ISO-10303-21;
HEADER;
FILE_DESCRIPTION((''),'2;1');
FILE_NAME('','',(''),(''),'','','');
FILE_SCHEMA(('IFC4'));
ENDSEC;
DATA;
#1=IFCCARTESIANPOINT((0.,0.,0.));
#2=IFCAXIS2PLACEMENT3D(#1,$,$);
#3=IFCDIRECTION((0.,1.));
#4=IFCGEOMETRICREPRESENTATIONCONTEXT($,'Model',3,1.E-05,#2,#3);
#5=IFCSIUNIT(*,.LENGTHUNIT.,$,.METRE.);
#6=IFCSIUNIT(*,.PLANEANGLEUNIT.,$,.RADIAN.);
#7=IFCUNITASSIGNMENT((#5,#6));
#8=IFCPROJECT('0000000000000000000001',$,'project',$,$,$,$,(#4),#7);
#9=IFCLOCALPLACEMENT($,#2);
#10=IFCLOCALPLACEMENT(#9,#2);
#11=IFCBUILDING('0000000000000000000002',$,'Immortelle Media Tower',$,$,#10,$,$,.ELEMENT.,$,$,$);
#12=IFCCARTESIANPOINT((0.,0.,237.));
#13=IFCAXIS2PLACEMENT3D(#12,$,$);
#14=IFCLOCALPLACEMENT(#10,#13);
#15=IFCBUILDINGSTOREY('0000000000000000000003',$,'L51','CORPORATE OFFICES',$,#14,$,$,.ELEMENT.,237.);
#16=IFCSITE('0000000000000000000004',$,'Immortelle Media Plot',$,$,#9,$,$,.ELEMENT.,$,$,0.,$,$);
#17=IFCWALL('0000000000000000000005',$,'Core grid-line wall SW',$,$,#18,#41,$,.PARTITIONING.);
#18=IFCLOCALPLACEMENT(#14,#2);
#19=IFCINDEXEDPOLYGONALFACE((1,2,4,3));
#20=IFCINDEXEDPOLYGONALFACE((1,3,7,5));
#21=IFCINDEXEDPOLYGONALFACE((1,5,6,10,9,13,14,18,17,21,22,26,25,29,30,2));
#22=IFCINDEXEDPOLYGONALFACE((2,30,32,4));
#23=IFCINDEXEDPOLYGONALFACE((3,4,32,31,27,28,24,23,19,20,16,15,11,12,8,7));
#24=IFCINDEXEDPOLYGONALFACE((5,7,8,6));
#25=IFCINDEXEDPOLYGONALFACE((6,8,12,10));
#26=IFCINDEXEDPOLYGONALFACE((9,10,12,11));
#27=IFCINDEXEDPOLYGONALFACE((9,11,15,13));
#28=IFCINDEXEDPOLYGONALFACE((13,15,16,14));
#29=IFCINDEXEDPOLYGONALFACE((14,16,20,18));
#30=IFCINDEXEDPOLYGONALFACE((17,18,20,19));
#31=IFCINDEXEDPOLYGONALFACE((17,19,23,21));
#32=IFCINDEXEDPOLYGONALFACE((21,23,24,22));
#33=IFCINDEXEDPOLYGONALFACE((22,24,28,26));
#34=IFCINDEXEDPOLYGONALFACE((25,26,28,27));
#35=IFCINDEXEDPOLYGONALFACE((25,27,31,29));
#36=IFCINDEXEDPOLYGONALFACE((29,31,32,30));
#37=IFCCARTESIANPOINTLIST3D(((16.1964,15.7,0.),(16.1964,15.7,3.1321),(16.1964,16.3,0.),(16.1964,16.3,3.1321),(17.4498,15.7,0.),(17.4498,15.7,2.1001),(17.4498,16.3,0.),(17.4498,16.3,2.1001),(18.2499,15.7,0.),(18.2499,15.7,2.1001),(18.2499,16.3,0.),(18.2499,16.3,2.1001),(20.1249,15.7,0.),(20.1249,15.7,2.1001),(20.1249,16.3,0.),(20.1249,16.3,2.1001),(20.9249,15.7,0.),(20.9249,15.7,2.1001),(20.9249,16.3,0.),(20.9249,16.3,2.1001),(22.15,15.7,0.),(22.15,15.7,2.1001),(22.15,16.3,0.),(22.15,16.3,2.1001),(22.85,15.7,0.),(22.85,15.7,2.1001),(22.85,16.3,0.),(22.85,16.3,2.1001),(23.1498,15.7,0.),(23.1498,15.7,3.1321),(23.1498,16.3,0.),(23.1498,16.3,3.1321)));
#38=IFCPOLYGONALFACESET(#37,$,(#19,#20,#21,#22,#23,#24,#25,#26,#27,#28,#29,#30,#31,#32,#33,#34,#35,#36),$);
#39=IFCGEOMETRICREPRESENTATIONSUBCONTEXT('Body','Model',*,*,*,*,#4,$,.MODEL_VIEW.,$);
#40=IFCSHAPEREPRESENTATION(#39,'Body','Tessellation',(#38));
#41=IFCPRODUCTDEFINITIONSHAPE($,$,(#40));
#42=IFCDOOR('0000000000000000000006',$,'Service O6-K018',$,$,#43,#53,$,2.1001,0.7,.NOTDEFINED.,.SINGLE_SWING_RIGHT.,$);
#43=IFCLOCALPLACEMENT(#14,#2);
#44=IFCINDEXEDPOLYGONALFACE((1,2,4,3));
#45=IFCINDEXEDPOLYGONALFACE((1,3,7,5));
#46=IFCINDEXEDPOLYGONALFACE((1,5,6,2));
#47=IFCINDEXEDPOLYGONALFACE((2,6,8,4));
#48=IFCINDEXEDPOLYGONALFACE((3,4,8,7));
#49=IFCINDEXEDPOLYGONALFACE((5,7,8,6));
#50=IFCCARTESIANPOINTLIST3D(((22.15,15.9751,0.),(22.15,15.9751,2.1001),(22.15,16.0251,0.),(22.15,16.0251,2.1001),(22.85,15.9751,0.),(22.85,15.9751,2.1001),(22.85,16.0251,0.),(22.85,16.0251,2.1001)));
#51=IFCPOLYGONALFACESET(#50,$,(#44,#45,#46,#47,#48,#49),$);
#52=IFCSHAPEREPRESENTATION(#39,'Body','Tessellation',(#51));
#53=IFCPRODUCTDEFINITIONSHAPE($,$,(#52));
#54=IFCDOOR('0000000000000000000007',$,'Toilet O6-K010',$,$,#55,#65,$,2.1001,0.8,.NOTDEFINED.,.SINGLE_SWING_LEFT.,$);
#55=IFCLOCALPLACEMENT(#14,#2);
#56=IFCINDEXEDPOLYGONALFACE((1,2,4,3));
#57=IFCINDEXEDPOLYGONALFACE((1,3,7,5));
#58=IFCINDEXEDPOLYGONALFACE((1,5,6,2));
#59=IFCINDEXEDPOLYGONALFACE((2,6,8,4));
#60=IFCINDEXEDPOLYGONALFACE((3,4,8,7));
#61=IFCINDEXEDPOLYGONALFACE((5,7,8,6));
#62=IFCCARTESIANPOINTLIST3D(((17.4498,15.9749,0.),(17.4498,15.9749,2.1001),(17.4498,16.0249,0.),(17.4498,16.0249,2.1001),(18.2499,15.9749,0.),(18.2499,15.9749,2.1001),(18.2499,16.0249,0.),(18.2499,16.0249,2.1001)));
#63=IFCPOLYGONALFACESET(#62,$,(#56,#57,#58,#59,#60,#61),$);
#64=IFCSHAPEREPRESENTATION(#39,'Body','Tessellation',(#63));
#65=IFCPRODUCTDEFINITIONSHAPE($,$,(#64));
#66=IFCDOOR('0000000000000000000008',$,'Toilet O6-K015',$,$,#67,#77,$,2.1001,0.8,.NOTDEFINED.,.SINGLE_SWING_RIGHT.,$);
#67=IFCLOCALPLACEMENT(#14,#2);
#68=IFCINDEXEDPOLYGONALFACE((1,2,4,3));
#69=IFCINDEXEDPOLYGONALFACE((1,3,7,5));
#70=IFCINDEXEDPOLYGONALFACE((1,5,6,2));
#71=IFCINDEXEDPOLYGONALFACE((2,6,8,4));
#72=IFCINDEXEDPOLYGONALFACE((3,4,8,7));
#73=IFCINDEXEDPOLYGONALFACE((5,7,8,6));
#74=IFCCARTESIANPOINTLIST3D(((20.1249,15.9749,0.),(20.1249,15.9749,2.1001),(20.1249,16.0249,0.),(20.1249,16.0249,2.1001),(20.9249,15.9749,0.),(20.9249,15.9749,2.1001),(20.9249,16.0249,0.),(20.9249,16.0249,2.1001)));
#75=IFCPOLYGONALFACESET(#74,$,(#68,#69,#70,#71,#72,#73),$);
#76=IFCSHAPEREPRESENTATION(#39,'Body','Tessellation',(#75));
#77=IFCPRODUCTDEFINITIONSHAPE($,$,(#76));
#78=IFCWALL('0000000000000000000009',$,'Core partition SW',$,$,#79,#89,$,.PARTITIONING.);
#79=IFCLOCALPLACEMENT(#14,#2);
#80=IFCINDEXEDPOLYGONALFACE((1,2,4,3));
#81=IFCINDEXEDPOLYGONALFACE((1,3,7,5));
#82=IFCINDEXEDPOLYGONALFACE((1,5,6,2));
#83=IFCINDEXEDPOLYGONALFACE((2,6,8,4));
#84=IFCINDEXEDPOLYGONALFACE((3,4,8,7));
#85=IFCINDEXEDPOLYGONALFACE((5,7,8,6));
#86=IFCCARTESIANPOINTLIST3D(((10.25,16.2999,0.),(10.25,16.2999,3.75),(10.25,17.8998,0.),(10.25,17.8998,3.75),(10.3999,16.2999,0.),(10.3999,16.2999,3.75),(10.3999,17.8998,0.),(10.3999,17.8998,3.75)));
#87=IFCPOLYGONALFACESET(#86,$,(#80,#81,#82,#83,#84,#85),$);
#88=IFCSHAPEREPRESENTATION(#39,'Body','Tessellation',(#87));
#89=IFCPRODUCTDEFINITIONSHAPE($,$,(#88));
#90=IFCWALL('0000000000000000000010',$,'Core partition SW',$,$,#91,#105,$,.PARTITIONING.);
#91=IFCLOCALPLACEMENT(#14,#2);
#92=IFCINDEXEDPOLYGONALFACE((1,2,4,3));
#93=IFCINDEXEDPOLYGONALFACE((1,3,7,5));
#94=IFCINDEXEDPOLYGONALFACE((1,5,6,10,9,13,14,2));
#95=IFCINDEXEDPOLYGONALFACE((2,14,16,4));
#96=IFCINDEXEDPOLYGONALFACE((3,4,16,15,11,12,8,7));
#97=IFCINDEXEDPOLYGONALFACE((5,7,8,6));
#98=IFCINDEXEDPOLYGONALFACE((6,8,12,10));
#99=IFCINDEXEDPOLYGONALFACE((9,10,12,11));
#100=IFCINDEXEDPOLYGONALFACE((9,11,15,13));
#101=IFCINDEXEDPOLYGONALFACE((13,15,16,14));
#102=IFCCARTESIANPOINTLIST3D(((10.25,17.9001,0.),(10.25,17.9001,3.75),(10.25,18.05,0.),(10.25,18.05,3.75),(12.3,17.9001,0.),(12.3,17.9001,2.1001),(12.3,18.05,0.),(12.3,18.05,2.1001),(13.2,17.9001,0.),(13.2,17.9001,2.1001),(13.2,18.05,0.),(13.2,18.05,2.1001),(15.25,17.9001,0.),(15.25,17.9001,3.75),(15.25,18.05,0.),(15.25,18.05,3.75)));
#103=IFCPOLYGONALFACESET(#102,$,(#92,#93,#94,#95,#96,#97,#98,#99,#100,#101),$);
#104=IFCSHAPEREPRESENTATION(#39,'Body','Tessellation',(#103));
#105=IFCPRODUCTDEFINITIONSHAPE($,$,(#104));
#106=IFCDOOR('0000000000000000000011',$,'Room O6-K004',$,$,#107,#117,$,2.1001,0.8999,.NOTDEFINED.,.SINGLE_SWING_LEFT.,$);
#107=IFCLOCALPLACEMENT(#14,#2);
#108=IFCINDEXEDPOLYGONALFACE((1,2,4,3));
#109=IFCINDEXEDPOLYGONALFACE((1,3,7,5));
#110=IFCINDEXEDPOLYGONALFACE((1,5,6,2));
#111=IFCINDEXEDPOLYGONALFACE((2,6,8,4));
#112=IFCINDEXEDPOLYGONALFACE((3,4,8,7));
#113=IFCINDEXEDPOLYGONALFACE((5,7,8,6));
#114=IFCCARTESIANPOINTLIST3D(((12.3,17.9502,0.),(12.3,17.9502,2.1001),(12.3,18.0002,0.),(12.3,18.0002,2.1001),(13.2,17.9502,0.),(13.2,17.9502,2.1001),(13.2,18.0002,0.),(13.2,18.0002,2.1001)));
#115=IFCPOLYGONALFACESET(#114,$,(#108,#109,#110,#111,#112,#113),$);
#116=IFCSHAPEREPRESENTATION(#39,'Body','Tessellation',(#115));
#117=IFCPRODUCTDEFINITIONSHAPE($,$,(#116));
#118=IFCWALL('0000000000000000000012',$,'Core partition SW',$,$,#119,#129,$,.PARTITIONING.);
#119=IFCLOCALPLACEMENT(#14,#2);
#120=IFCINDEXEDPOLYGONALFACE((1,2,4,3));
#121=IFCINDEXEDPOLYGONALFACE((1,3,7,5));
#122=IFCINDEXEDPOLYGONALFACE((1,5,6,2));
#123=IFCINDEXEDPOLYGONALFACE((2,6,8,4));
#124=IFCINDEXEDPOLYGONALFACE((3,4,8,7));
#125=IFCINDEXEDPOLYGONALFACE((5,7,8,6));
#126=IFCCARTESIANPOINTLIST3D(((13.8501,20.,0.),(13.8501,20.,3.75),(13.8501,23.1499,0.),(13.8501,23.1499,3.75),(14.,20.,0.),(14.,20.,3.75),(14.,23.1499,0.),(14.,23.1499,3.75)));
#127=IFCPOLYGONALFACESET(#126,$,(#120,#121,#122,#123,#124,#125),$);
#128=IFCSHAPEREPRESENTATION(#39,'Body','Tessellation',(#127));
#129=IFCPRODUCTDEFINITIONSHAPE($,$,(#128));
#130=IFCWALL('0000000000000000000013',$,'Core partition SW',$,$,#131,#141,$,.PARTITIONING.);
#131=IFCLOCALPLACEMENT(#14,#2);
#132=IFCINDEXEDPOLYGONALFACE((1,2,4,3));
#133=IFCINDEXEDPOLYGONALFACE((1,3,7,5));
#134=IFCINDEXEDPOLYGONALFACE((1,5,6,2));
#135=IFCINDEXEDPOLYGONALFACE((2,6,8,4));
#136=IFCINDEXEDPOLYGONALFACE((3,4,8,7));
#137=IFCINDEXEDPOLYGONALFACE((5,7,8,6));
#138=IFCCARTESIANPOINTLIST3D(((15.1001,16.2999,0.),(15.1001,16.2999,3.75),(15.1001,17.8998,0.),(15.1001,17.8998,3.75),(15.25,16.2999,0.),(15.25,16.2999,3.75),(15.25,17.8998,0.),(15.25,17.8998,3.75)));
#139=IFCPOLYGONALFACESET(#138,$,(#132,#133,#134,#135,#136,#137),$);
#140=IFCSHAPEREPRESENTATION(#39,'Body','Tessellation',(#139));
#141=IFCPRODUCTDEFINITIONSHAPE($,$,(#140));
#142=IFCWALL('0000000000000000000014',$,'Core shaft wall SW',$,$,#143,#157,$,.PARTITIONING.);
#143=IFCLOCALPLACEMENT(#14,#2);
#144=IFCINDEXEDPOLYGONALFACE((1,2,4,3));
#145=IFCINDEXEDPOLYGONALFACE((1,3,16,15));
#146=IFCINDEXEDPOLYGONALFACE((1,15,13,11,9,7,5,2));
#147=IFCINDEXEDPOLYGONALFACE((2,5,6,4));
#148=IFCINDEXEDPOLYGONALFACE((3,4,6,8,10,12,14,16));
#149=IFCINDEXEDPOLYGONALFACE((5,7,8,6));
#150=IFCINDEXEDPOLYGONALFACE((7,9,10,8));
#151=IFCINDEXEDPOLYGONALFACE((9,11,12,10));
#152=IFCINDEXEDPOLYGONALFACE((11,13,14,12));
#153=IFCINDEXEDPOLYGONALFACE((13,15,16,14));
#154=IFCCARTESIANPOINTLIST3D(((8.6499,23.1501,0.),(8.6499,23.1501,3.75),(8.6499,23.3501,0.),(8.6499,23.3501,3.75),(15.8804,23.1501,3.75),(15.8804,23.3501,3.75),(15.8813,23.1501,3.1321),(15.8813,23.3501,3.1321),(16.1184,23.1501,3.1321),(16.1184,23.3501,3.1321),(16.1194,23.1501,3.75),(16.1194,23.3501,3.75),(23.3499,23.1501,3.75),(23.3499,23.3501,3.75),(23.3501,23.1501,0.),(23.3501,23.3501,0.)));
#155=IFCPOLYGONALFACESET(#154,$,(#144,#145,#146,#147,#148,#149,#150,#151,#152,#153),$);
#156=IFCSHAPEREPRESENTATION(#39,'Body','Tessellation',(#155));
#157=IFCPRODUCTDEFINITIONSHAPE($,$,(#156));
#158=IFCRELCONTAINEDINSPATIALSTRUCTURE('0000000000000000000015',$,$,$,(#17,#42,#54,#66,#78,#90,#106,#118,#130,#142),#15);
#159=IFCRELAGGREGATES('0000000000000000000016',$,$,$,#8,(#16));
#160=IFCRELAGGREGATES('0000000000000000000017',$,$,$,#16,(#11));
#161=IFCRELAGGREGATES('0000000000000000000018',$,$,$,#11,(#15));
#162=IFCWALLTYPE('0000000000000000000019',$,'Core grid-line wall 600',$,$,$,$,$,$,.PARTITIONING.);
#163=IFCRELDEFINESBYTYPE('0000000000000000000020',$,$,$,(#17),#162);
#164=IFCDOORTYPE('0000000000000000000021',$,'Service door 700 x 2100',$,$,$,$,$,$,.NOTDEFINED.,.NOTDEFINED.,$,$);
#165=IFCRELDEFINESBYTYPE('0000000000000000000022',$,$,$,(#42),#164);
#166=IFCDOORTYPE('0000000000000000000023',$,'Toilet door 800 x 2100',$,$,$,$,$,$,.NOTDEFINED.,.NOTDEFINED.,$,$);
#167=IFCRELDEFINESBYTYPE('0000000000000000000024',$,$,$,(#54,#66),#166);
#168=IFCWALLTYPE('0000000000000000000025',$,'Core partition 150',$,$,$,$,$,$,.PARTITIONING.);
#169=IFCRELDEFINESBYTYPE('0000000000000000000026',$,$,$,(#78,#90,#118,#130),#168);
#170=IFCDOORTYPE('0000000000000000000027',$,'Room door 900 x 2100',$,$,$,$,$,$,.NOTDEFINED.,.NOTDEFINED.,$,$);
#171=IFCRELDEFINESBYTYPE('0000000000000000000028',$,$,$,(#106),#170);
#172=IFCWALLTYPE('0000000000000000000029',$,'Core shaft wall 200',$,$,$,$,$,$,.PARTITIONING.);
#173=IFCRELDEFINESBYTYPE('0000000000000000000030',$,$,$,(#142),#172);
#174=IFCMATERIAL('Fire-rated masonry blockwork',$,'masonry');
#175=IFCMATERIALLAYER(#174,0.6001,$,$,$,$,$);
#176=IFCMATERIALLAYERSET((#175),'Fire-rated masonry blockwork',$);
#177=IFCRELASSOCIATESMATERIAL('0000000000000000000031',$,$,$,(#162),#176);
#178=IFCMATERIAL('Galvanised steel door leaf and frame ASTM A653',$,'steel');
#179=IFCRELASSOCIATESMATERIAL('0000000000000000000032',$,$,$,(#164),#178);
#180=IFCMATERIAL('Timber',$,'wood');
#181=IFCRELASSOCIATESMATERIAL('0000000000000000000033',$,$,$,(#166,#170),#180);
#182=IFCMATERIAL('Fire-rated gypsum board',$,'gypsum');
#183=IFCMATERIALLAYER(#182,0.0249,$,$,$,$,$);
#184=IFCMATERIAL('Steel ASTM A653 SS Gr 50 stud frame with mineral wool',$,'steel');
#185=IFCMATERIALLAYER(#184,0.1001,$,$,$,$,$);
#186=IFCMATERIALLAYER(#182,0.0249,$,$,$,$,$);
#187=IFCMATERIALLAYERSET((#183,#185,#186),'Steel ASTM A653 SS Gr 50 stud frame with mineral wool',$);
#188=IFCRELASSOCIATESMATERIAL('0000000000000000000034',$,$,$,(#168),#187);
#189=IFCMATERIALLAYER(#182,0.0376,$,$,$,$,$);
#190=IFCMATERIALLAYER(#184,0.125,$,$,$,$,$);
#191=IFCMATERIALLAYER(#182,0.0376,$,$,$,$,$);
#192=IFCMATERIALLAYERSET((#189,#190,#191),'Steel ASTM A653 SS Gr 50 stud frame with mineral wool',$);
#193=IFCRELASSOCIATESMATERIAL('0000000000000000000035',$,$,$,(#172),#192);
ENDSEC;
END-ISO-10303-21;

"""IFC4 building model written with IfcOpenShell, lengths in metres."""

from ifc_helpers import new_model, si_unit, direction, frame, frame_2d, origin, place, context, subcontext, project, spatial, polyline, rectangle, outline, extrude, material, layer, layer_set, type_object, element, fill, save


model = new_model("IFC4")

# Units and contexts
model_context = context("Model", 3, precision=1e-05, world=origin(), true_north=direction((0.0, 1.0)))
body_context = subcontext(model_context, "Body", "Model", "MODEL_VIEW")
ifc_project = project(units=[si_unit("LENGTHUNIT", "METRE"), si_unit("PLANEANGLEUNIT", "RADIAN")], contexts=[model_context])

# Site, building, storey
site_placement = place(None, origin())
site = spatial("IfcSite", under=ifc_project, at=site_placement, Name="Immortelle Media Plot", CompositionType="ELEMENT", RefElevation=0.0)
building_placement = place(site_placement, origin())
building = spatial("IfcBuilding", under=site, at=building_placement, Name="Immortelle Media Tower", CompositionType="ELEMENT")
storey_placement = place(building_placement, frame((0.0, 0.0, 237.0)))
storey = spatial("IfcBuildingStorey", under=building, at=storey_placement, Name="L51", Description="CORPORATE OFFICES", CompositionType="ELEMENT", Elevation=237.0)

# Wall, openings, doors
ifc_material_1 = material(Name="Fire-rated masonry blockwork", Category="masonry")
ifc_layer_1 = layer(ifc_material_1, 0.6001)
ifc_layer_set_1 = layer_set([ifc_layer_1], Name="Fire-rated masonry blockwork")
wall_type_1 = type_object("IfcWallType", Name="Core grid-line wall 600", PredefinedType="PARTITIONING", material=ifc_layer_set_1)
wall_1_placement = place(storey_placement, frame((16.1965, 16.0, 0.0), z_axis=(0.0, 0.0, 1.0), x_axis=(1.0, 0.0, 0.0)))
wall_1 = element("IfcWall", 1, at=wall_1_placement, inside=storey, type_object=wall_type_1, Name="Core grid-line wall SW", PredefinedType="PARTITIONING", context=body_context, shape_type="SweptSolid", body=[
    extrude(rectangle(XDim=6.9534, YDim=0.6001, at=frame_2d((3.4766, 0.0))), origin(), (0.0, 0.0, 1.0), 3.1321),
])
opening_1_placement = place(wall_1_placement, frame((1.2534, 0.0, 0.0)))
opening_1 = element("IfcOpeningElement", 2, at=opening_1_placement, cuts=wall_1, PredefinedType="OPENING", context=body_context, shape_type="SweptSolid", body=[
    extrude(rectangle(XDim=0.8, YDim=2.1001, at=frame_2d((0.3999, 1.05))), frame((0.0, 0.3101, 0.0), z_axis=(0.0, -1.0, 0.0), x_axis=(1.0, 0.0, 0.0)), (0.0, 0.0, 1.0), 0.6201),
])
opening_2_placement = place(wall_1_placement, frame((3.9285, 0.0, 0.0)))
opening_2 = element("IfcOpeningElement", 3, at=opening_2_placement, cuts=wall_1, PredefinedType="OPENING", context=body_context, shape_type="SweptSolid", body=[
    extrude(rectangle(XDim=0.8, YDim=2.1001, at=frame_2d((0.3999, 1.05))), frame((0.0, 0.3101, 0.0), z_axis=(0.0, -1.0, 0.0), x_axis=(1.0, 0.0, 0.0)), (0.0, 0.0, 1.0), 0.6201),
])
opening_3_placement = place(wall_1_placement, frame((6.6536, 0.0, 0.0), z_axis=(0.0, 0.0, 1.0), x_axis=(-1.0, 0.0, 0.0)))
opening_3 = element("IfcOpeningElement", 4, at=opening_3_placement, cuts=wall_1, PredefinedType="OPENING", context=body_context, shape_type="SweptSolid", body=[
    extrude(rectangle(XDim=0.7, YDim=2.1001, at=frame_2d((0.3501, 1.05))), frame((0.0, 0.3101, 0.0), z_axis=(0.0, -1.0, 0.0), x_axis=(1.0, 0.0, 0.0)), (0.0, 0.0, 1.0), 0.6201),
])
ifc_material_2 = material(Name="Galvanised steel door leaf and frame ASTM A653", Category="steel")
door_type_1 = type_object("IfcDoorType", Name="Service door 700 x 2100", OperationType="NOTDEFINED", PredefinedType="NOTDEFINED", material=ifc_material_2)
door_1_placement = place(opening_3_placement, origin())
door_1 = element("IfcDoor", 5, at=door_1_placement, inside=storey, type_object=door_type_1, Name="Service O6-K018", OperationType="SINGLE_SWING_RIGHT", OverallHeight=2.1001, OverallWidth=0.7, PredefinedType="NOTDEFINED", context=body_context, shape_type="SweptSolid", body=[
    extrude(rectangle(XDim=0.7, YDim=2.1001, at=frame_2d((0.3501, 1.05))), frame((0.0, 0.0249, 0.0), z_axis=(0.0, -1.0, 0.0), x_axis=(1.0, 0.0, 0.0)), (0.0, 0.0, 1.0), 0.05),
])
fill(opening_3, door_1)
ifc_material_3 = material(Name="Timber", Category="wood")
door_type_2 = type_object("IfcDoorType", Name="Toilet door 800 x 2100", OperationType="NOTDEFINED", PredefinedType="NOTDEFINED", material=ifc_material_3)
door_2_placement = place(opening_1_placement, origin())
door_2 = element("IfcDoor", 6, at=door_2_placement, inside=storey, type_object=door_type_2, Name="Toilet O6-K010", OperationType="SINGLE_SWING_LEFT", OverallHeight=2.1001, OverallWidth=0.8, PredefinedType="NOTDEFINED", context=body_context, shape_type="SweptSolid", body=[
    extrude(rectangle(XDim=0.8, YDim=2.1001, at=frame_2d((0.3999, 1.05))), frame((0.0, 0.0249, 0.0), z_axis=(0.0, -1.0, 0.0), x_axis=(1.0, 0.0, 0.0)), (0.0, 0.0, 1.0), 0.05),
])
fill(opening_1, door_2)
door_3_placement = place(opening_2_placement, origin())
door_3 = element("IfcDoor", 7, at=door_3_placement, inside=storey, type_object=door_type_2, Name="Toilet O6-K015", OperationType="SINGLE_SWING_RIGHT", OverallHeight=2.1001, OverallWidth=0.8, PredefinedType="NOTDEFINED", context=body_context, shape_type="SweptSolid", body=[
    extrude(rectangle(XDim=0.8, YDim=2.1001, at=frame_2d((0.3999, 1.05))), frame((0.0, 0.0249, 0.0), z_axis=(0.0, -1.0, 0.0), x_axis=(1.0, 0.0, 0.0)), (0.0, 0.0, 1.0), 0.05),
])
fill(opening_2, door_3)

# Wall
ifc_material_4 = material(Name="Fire-rated gypsum board", Category="gypsum")
ifc_layer_2 = layer(ifc_material_4, 0.0249)
ifc_material_5 = material(Name="Steel ASTM A653 SS Gr 50 stud frame with mineral wool", Category="steel")
ifc_layer_3 = layer(ifc_material_5, 0.1001)
ifc_layer_4 = layer(ifc_material_4, 0.0249)
ifc_layer_set_2 = layer_set([ifc_layer_2, ifc_layer_3, ifc_layer_4], Name="Steel ASTM A653 SS Gr 50 stud frame with mineral wool")
wall_type_2 = type_object("IfcWallType", Name="Core partition 150", PredefinedType="PARTITIONING", material=ifc_layer_set_2)
wall_2_placement = place(storey_placement, frame((10.325, 16.3, 0.0), z_axis=(0.0, 0.0, 1.0), x_axis=(0.0, 1.0, 0.0)))
element("IfcWall", 8, at=wall_2_placement, inside=storey, type_object=wall_type_2, Name="Core partition SW", PredefinedType="PARTITIONING", context=body_context, shape_type="SweptSolid", body=[
    extrude(rectangle(XDim=1.5999, YDim=0.1499, at=frame_2d((0.7998, 0.0))), origin(), (0.0, 0.0, 1.0), 3.75),
])

# Wall, opening, door
wall_3_placement = place(storey_placement, frame((10.25, 17.9751, 0.0), z_axis=(0.0, 0.0, 1.0), x_axis=(1.0, 0.0, 0.0)))
wall_3 = element("IfcWall", 9, at=wall_3_placement, inside=storey, type_object=wall_type_2, Name="Core partition SW", PredefinedType="PARTITIONING", context=body_context, shape_type="SweptSolid", body=[
    extrude(rectangle(XDim=5.0, YDim=0.1499, at=frame_2d((2.5, 0.0))), origin(), (0.0, 0.0, 1.0), 3.75),
])
opening_4_placement = place(wall_3_placement, frame((2.95, 0.0, 0.0), z_axis=(0.0, 0.0, 1.0), x_axis=(-1.0, 0.0, 0.0)))
opening_4 = element("IfcOpeningElement", 10, at=opening_4_placement, cuts=wall_3, PredefinedType="OPENING", context=body_context, shape_type="SweptSolid", body=[
    extrude(rectangle(XDim=0.8999, YDim=2.1001, at=frame_2d((0.45, 1.05))), frame((0.0, 0.085, 0.0), z_axis=(0.0, -1.0, 0.0), x_axis=(1.0, 0.0, 0.0)), (0.0, 0.0, 1.0), 0.1699),
])
door_type_3 = type_object("IfcDoorType", Name="Room door 900 x 2100", OperationType="NOTDEFINED", PredefinedType="NOTDEFINED", material=ifc_material_3)
door_4_placement = place(opening_4_placement, origin())
door_4 = element("IfcDoor", 11, at=door_4_placement, inside=storey, type_object=door_type_3, Name="Room O6-K004", OperationType="SINGLE_SWING_LEFT", OverallHeight=2.1001, OverallWidth=0.8999, PredefinedType="NOTDEFINED", context=body_context, shape_type="SweptSolid", body=[
    extrude(rectangle(XDim=0.8999, YDim=2.1001, at=frame_2d((0.45, 1.05))), frame((0.0, 0.0249, 0.0), z_axis=(0.0, -1.0, 0.0), x_axis=(1.0, 0.0, 0.0)), (0.0, 0.0, 1.0), 0.05),
])
fill(opening_4, door_4)

# Walls
wall_4_placement = place(storey_placement, frame((13.925, 20.0, 0.0), z_axis=(0.0, 0.0, 1.0), x_axis=(0.0, 1.0, 0.0)))
element("IfcWall", 12, at=wall_4_placement, inside=storey, type_object=wall_type_2, Name="Core partition SW", PredefinedType="PARTITIONING", context=body_context, shape_type="SweptSolid", body=[
    extrude(rectangle(XDim=3.1499, YDim=0.1499, at=frame_2d((1.575, 0.0))), origin(), (0.0, 0.0, 1.0), 3.75),
])
wall_5_placement = place(storey_placement, frame((15.175, 16.3, 0.0), z_axis=(0.0, 0.0, 1.0), x_axis=(0.0, 1.0, 0.0)))
element("IfcWall", 13, at=wall_5_placement, inside=storey, type_object=wall_type_2, Name="Core partition SW", PredefinedType="PARTITIONING", context=body_context, shape_type="SweptSolid", body=[
    extrude(rectangle(XDim=1.5999, YDim=0.1499, at=frame_2d((0.7998, 0.0))), origin(), (0.0, 0.0, 1.0), 3.75),
])
ifc_layer_5 = layer(ifc_material_4, 0.0376)
ifc_layer_6 = layer(ifc_material_5, 0.125)
ifc_layer_7 = layer(ifc_material_4, 0.0376)
ifc_layer_set_3 = layer_set([ifc_layer_5, ifc_layer_6, ifc_layer_7], Name="Steel ASTM A653 SS Gr 50 stud frame with mineral wool")
wall_type_3 = type_object("IfcWallType", Name="Core shaft wall 200", PredefinedType="PARTITIONING", material=ifc_layer_set_3)
wall_6_placement = place(storey_placement, frame((8.6499, 23.25, 0.0), z_axis=(0.0, 0.0, 1.0), x_axis=(1.0, 0.0, 0.0)))
element("IfcWall", 14, at=wall_6_placement, inside=storey, type_object=wall_type_3, Name="Core shaft wall SW", PredefinedType="PARTITIONING", context=body_context, shape_type="SweptSolid", body=[
    extrude(outline(polyline([(0.0, 0.0), (14.7002, 0.0), (14.7, 3.75), (7.4695, 3.75), (7.4685, 3.1321), (7.2314, 3.1321), (7.2305, 3.75), (0.0, 3.75), (0.0, 0.0)])), frame((0.0, 0.1001, 0.0), z_axis=(0.0, -1.0, 0.0), x_axis=(1.0, 0.0, 0.0)), (0.0, 0.0, 1.0), 0.2),
])

save(model, "model.ifc")
